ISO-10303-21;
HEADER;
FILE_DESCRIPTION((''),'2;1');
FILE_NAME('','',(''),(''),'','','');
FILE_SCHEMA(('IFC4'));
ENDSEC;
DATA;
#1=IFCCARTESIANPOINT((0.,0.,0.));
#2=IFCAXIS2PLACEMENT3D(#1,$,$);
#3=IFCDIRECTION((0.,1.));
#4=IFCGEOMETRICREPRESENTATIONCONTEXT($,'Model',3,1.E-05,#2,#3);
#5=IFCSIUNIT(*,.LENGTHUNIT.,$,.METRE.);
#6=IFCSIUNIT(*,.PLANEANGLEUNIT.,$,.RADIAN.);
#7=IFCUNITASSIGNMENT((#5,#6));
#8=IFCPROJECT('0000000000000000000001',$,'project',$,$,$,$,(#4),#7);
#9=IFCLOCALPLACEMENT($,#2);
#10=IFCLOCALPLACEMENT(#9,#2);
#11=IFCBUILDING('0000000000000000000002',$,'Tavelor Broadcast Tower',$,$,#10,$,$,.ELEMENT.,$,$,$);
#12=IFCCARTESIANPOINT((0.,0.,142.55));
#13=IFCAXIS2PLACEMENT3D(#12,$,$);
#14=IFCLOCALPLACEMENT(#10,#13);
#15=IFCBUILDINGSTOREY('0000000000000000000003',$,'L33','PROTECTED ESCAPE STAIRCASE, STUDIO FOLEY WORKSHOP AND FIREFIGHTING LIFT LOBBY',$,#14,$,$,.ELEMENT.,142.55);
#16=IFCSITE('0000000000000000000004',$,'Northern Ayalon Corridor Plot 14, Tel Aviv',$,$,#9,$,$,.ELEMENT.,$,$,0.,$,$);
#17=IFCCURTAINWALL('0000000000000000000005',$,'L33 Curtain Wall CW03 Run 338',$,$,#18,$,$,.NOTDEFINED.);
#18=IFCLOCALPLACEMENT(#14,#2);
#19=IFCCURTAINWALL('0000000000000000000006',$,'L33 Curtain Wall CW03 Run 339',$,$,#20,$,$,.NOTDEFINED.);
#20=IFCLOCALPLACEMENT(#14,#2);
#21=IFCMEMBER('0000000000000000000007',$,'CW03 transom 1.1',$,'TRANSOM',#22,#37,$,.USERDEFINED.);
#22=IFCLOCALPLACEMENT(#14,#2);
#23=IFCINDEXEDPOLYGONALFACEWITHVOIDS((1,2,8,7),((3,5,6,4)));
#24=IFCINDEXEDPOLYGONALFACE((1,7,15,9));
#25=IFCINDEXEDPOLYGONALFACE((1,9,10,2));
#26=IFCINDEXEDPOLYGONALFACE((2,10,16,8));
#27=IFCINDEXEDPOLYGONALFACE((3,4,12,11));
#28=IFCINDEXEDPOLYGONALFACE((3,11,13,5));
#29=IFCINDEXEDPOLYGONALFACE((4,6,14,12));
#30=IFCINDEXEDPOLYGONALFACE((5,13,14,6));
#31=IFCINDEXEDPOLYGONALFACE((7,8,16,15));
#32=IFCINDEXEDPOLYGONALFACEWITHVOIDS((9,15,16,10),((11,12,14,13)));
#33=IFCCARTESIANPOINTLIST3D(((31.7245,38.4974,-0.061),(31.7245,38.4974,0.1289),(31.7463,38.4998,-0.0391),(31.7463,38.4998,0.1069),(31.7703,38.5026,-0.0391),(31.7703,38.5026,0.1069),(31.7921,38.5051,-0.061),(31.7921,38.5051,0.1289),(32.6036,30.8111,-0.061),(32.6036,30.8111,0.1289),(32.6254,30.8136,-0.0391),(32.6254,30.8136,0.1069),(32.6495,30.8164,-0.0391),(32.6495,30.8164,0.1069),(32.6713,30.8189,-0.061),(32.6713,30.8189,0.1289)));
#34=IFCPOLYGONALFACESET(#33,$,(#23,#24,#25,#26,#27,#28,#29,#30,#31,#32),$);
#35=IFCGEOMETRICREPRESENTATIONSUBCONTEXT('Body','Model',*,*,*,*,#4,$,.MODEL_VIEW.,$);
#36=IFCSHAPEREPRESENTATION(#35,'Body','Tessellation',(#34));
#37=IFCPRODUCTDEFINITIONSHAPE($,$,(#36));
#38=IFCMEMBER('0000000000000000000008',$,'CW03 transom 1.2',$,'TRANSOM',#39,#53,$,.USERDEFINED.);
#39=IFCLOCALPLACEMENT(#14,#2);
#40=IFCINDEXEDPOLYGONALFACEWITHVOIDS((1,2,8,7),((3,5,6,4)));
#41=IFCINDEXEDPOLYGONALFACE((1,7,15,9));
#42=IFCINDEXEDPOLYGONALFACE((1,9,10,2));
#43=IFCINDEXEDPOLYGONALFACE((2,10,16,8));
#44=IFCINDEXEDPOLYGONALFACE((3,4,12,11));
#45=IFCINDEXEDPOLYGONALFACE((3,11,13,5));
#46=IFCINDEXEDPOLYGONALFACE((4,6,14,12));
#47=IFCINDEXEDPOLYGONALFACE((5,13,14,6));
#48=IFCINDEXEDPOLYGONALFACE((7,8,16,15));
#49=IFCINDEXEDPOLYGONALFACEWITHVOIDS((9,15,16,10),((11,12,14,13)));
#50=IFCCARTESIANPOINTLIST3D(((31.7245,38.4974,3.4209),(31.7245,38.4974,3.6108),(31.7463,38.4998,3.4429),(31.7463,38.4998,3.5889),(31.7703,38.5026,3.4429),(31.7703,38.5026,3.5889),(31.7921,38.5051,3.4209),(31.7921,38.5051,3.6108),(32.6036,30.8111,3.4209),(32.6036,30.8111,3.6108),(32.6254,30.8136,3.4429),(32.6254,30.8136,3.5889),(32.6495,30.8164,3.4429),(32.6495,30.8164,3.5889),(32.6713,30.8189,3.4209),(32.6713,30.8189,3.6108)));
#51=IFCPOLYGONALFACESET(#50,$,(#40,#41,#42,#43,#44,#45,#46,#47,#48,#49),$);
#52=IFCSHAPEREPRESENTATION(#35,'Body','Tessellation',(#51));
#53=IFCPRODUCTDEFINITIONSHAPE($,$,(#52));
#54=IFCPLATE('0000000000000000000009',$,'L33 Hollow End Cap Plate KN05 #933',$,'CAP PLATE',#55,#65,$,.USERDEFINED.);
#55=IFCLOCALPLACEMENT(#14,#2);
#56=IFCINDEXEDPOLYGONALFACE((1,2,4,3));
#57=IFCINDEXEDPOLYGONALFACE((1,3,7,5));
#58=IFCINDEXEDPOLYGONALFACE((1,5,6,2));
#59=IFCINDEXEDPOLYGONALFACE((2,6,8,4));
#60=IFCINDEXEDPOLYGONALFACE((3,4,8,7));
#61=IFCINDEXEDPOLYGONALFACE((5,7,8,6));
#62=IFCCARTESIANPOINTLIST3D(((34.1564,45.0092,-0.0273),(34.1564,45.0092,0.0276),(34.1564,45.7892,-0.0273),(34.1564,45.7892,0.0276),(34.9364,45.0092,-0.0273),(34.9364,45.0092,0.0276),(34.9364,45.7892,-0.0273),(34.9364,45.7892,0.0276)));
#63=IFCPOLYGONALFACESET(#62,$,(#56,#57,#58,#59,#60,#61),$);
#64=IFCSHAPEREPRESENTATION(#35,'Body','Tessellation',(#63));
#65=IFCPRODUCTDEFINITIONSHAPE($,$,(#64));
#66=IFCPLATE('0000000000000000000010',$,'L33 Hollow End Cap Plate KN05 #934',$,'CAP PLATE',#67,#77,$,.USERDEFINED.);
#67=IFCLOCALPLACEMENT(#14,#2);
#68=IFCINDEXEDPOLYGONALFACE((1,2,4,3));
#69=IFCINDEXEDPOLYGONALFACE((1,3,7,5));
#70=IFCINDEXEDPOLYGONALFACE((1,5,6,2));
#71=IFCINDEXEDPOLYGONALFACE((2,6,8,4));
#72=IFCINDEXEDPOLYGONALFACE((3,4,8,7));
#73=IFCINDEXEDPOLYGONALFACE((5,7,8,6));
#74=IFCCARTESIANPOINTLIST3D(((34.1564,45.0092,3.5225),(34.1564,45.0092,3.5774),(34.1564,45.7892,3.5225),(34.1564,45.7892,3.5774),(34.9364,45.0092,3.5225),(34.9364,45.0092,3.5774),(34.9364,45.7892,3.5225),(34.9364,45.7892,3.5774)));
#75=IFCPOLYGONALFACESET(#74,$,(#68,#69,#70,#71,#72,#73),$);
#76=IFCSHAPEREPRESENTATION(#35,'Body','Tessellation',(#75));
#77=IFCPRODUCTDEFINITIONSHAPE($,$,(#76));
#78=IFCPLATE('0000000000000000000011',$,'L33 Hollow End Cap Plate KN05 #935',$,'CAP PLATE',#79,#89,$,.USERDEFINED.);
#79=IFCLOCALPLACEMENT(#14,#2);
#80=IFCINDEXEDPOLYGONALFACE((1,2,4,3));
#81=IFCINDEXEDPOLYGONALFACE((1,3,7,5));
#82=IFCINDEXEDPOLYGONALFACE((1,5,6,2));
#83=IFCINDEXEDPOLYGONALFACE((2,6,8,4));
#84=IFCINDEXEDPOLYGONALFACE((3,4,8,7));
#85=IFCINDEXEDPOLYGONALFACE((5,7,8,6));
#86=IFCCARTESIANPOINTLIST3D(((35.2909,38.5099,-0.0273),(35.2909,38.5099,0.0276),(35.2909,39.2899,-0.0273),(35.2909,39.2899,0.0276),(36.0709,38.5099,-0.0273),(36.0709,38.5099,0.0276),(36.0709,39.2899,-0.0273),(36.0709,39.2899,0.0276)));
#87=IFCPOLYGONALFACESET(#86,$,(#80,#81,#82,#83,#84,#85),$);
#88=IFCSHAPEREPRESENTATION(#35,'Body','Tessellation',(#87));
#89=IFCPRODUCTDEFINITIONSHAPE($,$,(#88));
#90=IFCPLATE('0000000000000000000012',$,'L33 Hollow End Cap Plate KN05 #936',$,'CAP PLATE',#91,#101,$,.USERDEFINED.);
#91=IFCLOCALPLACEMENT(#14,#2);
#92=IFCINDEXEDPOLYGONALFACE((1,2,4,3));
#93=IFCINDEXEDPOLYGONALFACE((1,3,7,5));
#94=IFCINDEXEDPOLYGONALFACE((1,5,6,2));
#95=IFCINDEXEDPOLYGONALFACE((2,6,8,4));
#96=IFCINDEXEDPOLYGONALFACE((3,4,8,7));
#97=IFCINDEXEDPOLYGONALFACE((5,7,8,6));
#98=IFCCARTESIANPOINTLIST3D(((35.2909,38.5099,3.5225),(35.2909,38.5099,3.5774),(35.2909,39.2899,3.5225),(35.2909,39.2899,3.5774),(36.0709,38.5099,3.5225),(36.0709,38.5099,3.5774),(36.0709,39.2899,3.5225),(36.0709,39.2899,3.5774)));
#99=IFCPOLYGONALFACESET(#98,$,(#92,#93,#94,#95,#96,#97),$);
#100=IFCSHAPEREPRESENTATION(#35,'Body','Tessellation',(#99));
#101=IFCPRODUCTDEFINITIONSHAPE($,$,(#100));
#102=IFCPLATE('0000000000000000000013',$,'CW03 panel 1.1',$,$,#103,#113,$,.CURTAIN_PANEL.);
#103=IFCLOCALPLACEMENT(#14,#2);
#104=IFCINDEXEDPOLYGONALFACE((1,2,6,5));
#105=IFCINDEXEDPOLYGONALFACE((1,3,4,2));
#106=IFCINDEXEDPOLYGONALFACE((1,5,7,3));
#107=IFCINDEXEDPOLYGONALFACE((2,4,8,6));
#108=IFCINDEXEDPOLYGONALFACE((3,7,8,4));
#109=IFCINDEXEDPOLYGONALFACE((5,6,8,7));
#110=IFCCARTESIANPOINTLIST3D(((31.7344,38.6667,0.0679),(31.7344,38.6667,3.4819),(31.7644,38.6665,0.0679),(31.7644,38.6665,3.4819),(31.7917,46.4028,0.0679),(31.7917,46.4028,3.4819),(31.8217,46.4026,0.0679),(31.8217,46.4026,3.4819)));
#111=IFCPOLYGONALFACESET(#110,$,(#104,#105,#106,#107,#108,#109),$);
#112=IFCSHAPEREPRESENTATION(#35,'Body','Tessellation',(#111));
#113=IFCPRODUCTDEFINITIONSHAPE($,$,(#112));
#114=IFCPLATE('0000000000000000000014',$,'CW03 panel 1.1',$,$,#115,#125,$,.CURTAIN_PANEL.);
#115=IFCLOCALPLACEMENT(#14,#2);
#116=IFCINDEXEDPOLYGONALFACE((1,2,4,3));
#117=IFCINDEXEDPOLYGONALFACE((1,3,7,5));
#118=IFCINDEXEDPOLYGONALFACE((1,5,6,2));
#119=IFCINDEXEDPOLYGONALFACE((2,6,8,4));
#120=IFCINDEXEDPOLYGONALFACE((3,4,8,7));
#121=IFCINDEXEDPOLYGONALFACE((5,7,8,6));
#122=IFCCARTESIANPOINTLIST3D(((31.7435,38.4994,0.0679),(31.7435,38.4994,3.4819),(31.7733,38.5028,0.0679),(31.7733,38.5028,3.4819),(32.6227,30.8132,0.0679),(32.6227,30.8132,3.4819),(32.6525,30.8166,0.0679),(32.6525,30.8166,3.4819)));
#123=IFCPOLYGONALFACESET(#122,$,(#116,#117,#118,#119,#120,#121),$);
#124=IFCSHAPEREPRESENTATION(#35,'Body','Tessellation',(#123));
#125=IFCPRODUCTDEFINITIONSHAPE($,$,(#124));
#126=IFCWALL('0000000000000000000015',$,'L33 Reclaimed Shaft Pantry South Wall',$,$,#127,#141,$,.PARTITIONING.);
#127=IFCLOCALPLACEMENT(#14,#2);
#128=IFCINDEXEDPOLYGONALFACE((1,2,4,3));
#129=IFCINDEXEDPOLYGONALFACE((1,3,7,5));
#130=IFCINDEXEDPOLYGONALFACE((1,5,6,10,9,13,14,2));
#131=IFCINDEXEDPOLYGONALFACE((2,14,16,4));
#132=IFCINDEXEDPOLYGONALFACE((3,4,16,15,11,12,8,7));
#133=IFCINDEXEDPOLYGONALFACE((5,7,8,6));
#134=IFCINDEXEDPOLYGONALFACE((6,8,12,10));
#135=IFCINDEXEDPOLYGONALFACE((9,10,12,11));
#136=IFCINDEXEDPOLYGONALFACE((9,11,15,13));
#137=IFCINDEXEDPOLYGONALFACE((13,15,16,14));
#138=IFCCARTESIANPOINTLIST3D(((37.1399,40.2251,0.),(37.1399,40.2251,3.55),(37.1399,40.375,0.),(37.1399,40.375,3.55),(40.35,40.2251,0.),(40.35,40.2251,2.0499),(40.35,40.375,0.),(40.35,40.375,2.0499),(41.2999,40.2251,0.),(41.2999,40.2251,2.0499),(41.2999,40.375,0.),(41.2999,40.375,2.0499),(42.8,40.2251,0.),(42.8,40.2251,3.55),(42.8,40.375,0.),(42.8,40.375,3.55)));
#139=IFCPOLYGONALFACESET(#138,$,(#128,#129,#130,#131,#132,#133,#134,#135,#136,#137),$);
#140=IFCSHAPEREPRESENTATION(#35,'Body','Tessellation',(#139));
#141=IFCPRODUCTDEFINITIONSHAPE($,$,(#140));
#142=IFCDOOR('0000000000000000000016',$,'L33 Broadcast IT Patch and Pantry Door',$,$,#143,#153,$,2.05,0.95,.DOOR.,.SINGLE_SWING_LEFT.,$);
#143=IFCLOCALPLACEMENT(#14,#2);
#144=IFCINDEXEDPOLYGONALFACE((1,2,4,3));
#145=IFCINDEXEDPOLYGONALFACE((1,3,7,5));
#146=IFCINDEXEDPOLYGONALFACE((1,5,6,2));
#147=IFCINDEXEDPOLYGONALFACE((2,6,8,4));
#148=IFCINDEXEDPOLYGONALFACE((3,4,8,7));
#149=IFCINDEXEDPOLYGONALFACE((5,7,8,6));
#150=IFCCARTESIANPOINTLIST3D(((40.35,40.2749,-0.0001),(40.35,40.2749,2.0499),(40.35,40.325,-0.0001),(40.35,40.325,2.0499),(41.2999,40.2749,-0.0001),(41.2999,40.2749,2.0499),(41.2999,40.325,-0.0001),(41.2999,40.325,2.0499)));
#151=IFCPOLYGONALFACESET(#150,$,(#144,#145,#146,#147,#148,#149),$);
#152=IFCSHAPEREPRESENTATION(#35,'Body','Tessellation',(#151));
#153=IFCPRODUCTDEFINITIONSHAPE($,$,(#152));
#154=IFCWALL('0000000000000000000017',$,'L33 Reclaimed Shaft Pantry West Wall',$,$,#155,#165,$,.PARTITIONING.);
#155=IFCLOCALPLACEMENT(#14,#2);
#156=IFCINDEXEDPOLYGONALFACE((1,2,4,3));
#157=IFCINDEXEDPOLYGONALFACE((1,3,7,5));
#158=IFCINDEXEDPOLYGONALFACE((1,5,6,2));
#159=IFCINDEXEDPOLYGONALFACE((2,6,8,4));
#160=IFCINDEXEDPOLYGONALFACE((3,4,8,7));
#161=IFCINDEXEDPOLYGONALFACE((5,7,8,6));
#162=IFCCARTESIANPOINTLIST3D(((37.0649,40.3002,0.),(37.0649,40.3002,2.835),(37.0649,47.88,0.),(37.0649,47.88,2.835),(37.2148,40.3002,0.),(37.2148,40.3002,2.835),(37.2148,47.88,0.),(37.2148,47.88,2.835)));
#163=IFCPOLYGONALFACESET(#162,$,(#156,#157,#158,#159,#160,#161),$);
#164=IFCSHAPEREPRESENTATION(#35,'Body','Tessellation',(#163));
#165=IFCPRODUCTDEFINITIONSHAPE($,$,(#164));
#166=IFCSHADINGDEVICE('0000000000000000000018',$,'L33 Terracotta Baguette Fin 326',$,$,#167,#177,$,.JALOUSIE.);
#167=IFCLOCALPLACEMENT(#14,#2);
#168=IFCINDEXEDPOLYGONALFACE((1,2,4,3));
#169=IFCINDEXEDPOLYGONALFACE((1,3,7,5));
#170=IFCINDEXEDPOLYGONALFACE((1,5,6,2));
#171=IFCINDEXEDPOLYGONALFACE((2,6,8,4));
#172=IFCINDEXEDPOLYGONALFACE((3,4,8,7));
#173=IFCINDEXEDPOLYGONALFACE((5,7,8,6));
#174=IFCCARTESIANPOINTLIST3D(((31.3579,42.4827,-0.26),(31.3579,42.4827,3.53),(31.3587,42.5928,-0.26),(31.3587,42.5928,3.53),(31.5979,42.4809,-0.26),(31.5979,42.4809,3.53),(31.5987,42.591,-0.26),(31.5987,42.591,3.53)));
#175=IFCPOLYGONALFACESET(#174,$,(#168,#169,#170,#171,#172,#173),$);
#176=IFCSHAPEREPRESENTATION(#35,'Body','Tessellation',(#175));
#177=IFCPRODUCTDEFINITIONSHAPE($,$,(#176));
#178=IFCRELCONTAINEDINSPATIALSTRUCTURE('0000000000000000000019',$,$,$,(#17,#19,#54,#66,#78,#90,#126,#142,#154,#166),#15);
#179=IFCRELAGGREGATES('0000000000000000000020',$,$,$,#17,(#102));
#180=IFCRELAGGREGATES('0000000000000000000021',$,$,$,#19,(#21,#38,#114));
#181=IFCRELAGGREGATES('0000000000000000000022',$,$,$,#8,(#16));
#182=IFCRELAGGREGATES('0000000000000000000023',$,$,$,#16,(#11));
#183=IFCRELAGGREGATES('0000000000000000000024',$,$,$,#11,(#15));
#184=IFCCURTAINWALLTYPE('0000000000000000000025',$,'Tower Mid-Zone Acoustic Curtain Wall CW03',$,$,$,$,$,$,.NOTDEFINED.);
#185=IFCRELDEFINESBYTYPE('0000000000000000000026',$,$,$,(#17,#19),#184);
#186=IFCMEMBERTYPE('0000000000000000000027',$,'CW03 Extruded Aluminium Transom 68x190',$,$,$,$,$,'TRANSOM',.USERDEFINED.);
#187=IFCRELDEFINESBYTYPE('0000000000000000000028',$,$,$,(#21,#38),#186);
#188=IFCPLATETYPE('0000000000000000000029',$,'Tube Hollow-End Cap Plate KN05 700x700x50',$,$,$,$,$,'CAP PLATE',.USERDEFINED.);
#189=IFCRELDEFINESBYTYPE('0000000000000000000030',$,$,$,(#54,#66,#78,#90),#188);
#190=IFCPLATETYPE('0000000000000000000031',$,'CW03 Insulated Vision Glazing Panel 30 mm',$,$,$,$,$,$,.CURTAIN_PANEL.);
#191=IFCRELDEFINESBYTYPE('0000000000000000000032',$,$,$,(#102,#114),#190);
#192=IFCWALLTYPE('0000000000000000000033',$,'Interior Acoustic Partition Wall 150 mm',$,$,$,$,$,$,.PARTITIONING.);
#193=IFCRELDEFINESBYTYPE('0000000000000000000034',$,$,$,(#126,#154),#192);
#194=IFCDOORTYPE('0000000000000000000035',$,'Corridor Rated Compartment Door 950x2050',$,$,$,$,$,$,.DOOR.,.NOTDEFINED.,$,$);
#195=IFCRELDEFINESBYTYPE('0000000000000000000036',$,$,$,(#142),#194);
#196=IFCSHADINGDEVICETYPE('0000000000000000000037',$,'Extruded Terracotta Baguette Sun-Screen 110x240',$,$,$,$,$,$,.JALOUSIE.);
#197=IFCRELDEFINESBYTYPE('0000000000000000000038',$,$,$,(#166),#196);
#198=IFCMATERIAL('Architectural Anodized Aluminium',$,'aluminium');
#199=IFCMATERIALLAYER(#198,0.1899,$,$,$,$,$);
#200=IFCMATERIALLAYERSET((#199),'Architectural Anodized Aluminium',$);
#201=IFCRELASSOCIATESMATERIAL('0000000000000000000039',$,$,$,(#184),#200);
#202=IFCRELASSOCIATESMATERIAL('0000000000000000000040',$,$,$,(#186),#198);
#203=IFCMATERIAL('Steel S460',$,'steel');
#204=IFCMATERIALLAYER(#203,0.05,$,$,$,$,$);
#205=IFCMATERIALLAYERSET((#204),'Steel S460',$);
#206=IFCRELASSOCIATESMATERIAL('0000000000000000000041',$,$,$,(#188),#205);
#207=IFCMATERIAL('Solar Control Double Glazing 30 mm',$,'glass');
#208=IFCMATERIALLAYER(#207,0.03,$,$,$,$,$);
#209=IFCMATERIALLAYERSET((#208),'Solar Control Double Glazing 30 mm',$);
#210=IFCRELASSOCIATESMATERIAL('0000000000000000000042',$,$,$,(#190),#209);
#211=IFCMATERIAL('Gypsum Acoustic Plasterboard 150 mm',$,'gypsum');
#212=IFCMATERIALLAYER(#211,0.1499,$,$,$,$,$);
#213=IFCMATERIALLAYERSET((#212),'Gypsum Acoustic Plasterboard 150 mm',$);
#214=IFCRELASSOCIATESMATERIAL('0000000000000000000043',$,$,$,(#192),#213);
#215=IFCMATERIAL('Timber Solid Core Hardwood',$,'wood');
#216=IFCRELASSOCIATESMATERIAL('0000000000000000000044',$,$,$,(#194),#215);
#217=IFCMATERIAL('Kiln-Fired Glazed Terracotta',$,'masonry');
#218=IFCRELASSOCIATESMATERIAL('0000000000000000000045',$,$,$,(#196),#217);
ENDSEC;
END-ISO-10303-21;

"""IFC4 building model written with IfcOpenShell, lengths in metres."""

from ifc_helpers import new_model, si_unit, direction, frame, frame_2d, origin, origin_2d, place, context, subcontext, project, spatial, rectangle, hollow_rectangle, extrude, source, transform, mapped, material, layer, layer_set, material_profile, profile_set, type_object, type_shapes, element, fill, aggregate, save


model = new_model("IFC4")

# Units and contexts
model_context = context("Model", 3, precision=1e-05, world=origin(), true_north=direction((0.0, 1.0)))
body_context = subcontext(model_context, "Body", "Model", "MODEL_VIEW")
ifc_project = project(units=[si_unit("LENGTHUNIT", "METRE"), si_unit("PLANEANGLEUNIT", "RADIAN")], contexts=[model_context])

# Site, building, storey
site_placement = place(None, origin())
site = spatial("IfcSite", under=ifc_project, at=site_placement, Name="Northern Ayalon Corridor Plot 14, Tel Aviv", CompositionType="ELEMENT", RefElevation=0.0)
building_placement = place(site_placement, origin())
building = spatial("IfcBuilding", under=site, at=building_placement, Name="Tavelor Broadcast Tower", CompositionType="ELEMENT")
storey_placement = place(building_placement, frame((0.0, 0.0, 142.55)))
storey = spatial("IfcBuildingStorey", under=building, at=storey_placement, Name="L33", Description="PROTECTED ESCAPE STAIRCASE, STUDIO FOLEY WORKSHOP AND FIREFIGHTING LIFT LOBBY", CompositionType="ELEMENT", Elevation=142.55)

# Shared definitions
ifc_material_1 = material(Name="Steel S460", Category="steel")

# Shared definitions
ifc_material_2 = material(Name="Architectural Anodized Aluminium", Category="aluminium")
ifc_layer_1 = layer(ifc_material_2, 0.1899)
ifc_layer_set_1 = layer_set([ifc_layer_1], Name="Architectural Anodized Aluminium")
curtain_wall_type = type_object("IfcCurtainWallType", Name="Tower Mid-Zone Acoustic Curtain Wall CW03", PredefinedType="NOTDEFINED", material=ifc_layer_set_1)

# Curtain wall
curtain_wall_1_placement = place(storey_placement, origin())
curtain_wall_1 = element("IfcCurtainWall", 1, at=curtain_wall_1_placement, inside=storey, type_object=curtain_wall_type, Name="L33 Curtain Wall CW03 Run 338", PredefinedType="NOTDEFINED")

# Curtain wall
curtain_wall_2_placement = place(storey_placement, origin())
curtain_wall_2 = element("IfcCurtainWall", 2, at=curtain_wall_2_placement, inside=storey, type_object=curtain_wall_type, Name="L33 Curtain Wall CW03 Run 339", PredefinedType="NOTDEFINED")

# Members
ifc_material_profile_1 = material_profile(ifc_material_2, hollow_rectangle(XDim=0.0681, YDim=0.1899, WallThickness=0.022, at=origin_2d()), Name="RHS 68x190x22")
ifc_profile_set_1 = profile_set([ifc_material_profile_1], Name="Architectural Anodized Aluminium")
member_type_1 = type_object("IfcMemberType", Name="CW03 Extruded Aluminium Transom 68x190", ElementType="TRANSOM", PredefinedType="USERDEFINED", material=ifc_profile_set_1)
shared_shape_1 = source(origin(), body_context, "Body", "SweptSolid", [
    extrude(hollow_rectangle(XDim=0.0681, YDim=0.1899, WallThickness=0.022, at=origin_2d()), origin(), (0.0, 0.0, 1.0), 7.7363),
])
type_shapes(member_type_1, [shared_shape_1])
member_1_placement = place(storey_placement, frame((31.7583, 38.5012, 0.0339), z_axis=(0.113638, -0.993522, 0.0), x_axis=(0.993522, 0.113638, 0.0)))
member_1 = element("IfcMember", 3, at=member_1_placement, type_object=member_type_1, Name="CW03 transom 1.1", ObjectType="TRANSOM", PredefinedType="USERDEFINED", context=body_context, shape_type="MappedRepresentation", body=[
    mapped(shared_shape_1, transform((0.0, 0.0, 0.0), scale=1.0)),
])
member_2_placement = place(storey_placement, frame((31.7583, 38.5012, 3.5159), z_axis=(0.113638, -0.993522, 0.0), x_axis=(0.993522, 0.113638, 0.0)))
member_2 = element("IfcMember", 4, at=member_2_placement, type_object=member_type_1, Name="CW03 transom 1.2", ObjectType="TRANSOM", PredefinedType="USERDEFINED", context=body_context, shape_type="MappedRepresentation", body=[
    mapped(shared_shape_1, transform((0.0, 0.0, 0.0), scale=1.0)),
])

# Plates
ifc_layer_2 = layer(ifc_material_1, 0.05)
ifc_layer_set_2 = layer_set([ifc_layer_2], Name="Steel S460")
plate_type_1 = type_object("IfcPlateType", Name="Tube Hollow-End Cap Plate KN05 700x700x50", ElementType="CAP PLATE", PredefinedType="USERDEFINED", material=ifc_layer_set_2)
shared_shape_2 = source(origin(), body_context, "Body", "SweptSolid", [
    extrude(rectangle(XDim=0.78, YDim=0.78, at=origin_2d()), origin(), (0.0, 0.0, 1.0), 0.0549),
])
type_shapes(plate_type_1, [shared_shape_2])
for number, where, z_axis, x_axis, name in (
    (5, (34.5464, 45.3992, -0.0273), (0.0, 0.0, 1.0), (1.0, 0.0, 0.0), "L33 Hollow End Cap Plate KN05 #933"),
    (6, (34.5464, 45.3992, 3.5225), (0.0, 0.0, 1.0), (1.0, 0.0, 0.0), "L33 Hollow End Cap Plate KN05 #934"),
    (7, (35.6809, 38.8999, -0.0273), (0.0, 0.0, 1.0), (1.0, 0.0, 0.0), "L33 Hollow End Cap Plate KN05 #935"),
    (8, (35.6809, 38.8999, 3.5225), (0.0, 0.0, 1.0), (1.0, 0.0, 0.0), "L33 Hollow End Cap Plate KN05 #936"),
):
    element("IfcPlate", number, at=place(storey_placement, frame(where, z_axis=z_axis, x_axis=x_axis)), inside=storey, type_object=plate_type_1, Name=name, ObjectType="CAP PLATE", PredefinedType="USERDEFINED", context=body_context, shape_type="MappedRepresentation", body=[
        mapped(shared_shape_2, transform((0.0, 0.0, 0.0), scale=1.0)),
    ])

# Plates
ifc_material_3 = material(Name="Solar Control Double Glazing 30 mm", Category="glass")
ifc_layer_3 = layer(ifc_material_3, 0.03)
ifc_layer_set_3 = layer_set([ifc_layer_3], Name="Solar Control Double Glazing 30 mm")
plate_type_2 = type_object("IfcPlateType", Name="CW03 Insulated Vision Glazing Panel 30 mm", PredefinedType="CURTAIN_PANEL", material=ifc_layer_set_3)
shared_shape_3 = source(origin(), body_context, "Body", "SweptSolid", [
    extrude(rectangle(XDim=7.7363, YDim=0.03, at=origin_2d()), origin(), (0.0, 0.0, 1.0), 3.4141),
])
type_shapes(plate_type_2, [shared_shape_3])
plate_1_placement = place(storey_placement, frame((31.7781, 42.5347, 0.0679), z_axis=(0.0, 0.0, 1.0), x_axis=(-0.007406, -0.999973, 0.0)))
plate_1 = element("IfcPlate", 9, at=plate_1_placement, type_object=plate_type_2, Name="CW03 panel 1.1", PredefinedType="CURTAIN_PANEL", context=body_context, shape_type="MappedRepresentation", body=[
    mapped(shared_shape_3, transform((0.0, 0.0, 0.0), scale=1.0)),
])
aggregate(curtain_wall_1, [plate_1])
plate_2_placement = place(storey_placement, frame((32.198, 34.658, 0.0679), z_axis=(0.0, 0.0, 1.0), x_axis=(0.113652, -0.993521, 0.0)))
plate_2 = element("IfcPlate", 10, at=plate_2_placement, type_object=plate_type_2, Name="CW03 panel 1.1", PredefinedType="CURTAIN_PANEL", context=body_context, shape_type="MappedRepresentation", body=[
    mapped(shared_shape_3, transform((0.0, 0.0, 0.0), scale=1.0)),
])
aggregate(curtain_wall_2, [member_1, member_2, plate_2])

# Wall, opening, door
ifc_material_4 = material(Name="Gypsum Acoustic Plasterboard 150 mm", Category="gypsum")
ifc_layer_4 = layer(ifc_material_4, 0.1499)
ifc_layer_set_4 = layer_set([ifc_layer_4], Name="Gypsum Acoustic Plasterboard 150 mm")
wall_type = type_object("IfcWallType", Name="Interior Acoustic Partition Wall 150 mm", PredefinedType="PARTITIONING", material=ifc_layer_set_4)
wall_1_placement = place(storey_placement, frame((37.1399, 40.3, 0.0), z_axis=(0.0, 0.0, 1.0), x_axis=(1.0, 0.0, 0.0)))
wall_1 = element("IfcWall", 11, at=wall_1_placement, inside=storey, type_object=wall_type, Name="L33 Reclaimed Shaft Pantry South Wall", PredefinedType="PARTITIONING", context=body_context, shape_type="SweptSolid", body=[
    extrude(rectangle(XDim=5.6602, YDim=0.1499, at=frame_2d((2.8301, 0.0))), origin(), (0.0, 0.0, 1.0), 3.55),
])
opening_placement = place(wall_1_placement, frame((3.21, 0.0, 0.0)))
opening = element("IfcOpeningElement", 12, at=opening_placement, cuts=wall_1, PredefinedType="OPENING", context=body_context, shape_type="SweptSolid", body=[
    extrude(rectangle(XDim=0.95, YDim=2.05, at=frame_2d((0.4751, 1.0249))), frame((0.0, 0.085, 0.0), z_axis=(0.0, -1.0, 0.0), x_axis=(1.0, 0.0, 0.0)), (0.0, 0.0, 1.0), 0.1699),
])
ifc_material_5 = material(Name="Timber Solid Core Hardwood", Category="wood")
door_type = type_object("IfcDoorType", Name="Corridor Rated Compartment Door 950x2050", OperationType="NOTDEFINED", PredefinedType="DOOR", material=ifc_material_5)
door_placement = place(opening_placement, origin())
door = element("IfcDoor", 13, at=door_placement, inside=storey, type_object=door_type, Name="L33 Broadcast IT Patch and Pantry Door", OperationType="SINGLE_SWING_LEFT", OverallHeight=2.05, OverallWidth=0.95, PredefinedType="DOOR", context=body_context, shape_type="SweptSolid", body=[
    extrude(rectangle(XDim=0.95, YDim=2.05, at=frame_2d((0.4751, 1.0249))), frame((0.0, 0.0249, 0.0), z_axis=(0.0, -1.0, 0.0), x_axis=(1.0, 0.0, 0.0)), (0.0, 0.0, 1.0), 0.05),
])
fill(opening, door)

# Wall
wall_2_placement = place(storey_placement, frame((37.1399, 40.3, 0.0), z_axis=(0.0, 0.0, 1.0), x_axis=(0.0, 1.0, 0.0)))
element("IfcWall", 14, at=wall_2_placement, inside=storey, type_object=wall_type, Name="L33 Reclaimed Shaft Pantry West Wall", PredefinedType="PARTITIONING", context=body_context, shape_type="SweptSolid", body=[
    extrude(rectangle(XDim=7.5798, YDim=0.1499, at=frame_2d((3.79, 0.0))), origin(), (0.0, 0.0, 1.0), 2.835),
])

# Shading device
ifc_material_6 = material(Name="Kiln-Fired Glazed Terracotta", Category="masonry")
shading_device_type = type_object("IfcShadingDeviceType", Name="Extruded Terracotta Baguette Sun-Screen 110x240", PredefinedType="JALOUSIE", material=ifc_material_6)
shared_shape_4 = source(origin(), body_context, "Body", "SweptSolid", [
    extrude(rectangle(XDim=0.1101, YDim=0.24, at=origin_2d()), origin(), (0.0, 0.0, 1.0), 3.79),
])
type_shapes(shading_device_type, [shared_shape_4])
shading_device_placement = place(storey_placement, frame((31.4783, 42.5369, -0.26), z_axis=(0.0, 0.0, 1.0), x_axis=(-0.00733, -0.999973, 0.0)))
element("IfcShadingDevice", 15, at=shading_device_placement, inside=storey, type_object=shading_device_type, Name="L33 Terracotta Baguette Fin 326", PredefinedType="JALOUSIE", context=body_context, shape_type="MappedRepresentation", body=[
    mapped(shared_shape_4, transform((0.0, 0.0, 0.0), scale=1.0)),
])

save(model, "model.ifc")
